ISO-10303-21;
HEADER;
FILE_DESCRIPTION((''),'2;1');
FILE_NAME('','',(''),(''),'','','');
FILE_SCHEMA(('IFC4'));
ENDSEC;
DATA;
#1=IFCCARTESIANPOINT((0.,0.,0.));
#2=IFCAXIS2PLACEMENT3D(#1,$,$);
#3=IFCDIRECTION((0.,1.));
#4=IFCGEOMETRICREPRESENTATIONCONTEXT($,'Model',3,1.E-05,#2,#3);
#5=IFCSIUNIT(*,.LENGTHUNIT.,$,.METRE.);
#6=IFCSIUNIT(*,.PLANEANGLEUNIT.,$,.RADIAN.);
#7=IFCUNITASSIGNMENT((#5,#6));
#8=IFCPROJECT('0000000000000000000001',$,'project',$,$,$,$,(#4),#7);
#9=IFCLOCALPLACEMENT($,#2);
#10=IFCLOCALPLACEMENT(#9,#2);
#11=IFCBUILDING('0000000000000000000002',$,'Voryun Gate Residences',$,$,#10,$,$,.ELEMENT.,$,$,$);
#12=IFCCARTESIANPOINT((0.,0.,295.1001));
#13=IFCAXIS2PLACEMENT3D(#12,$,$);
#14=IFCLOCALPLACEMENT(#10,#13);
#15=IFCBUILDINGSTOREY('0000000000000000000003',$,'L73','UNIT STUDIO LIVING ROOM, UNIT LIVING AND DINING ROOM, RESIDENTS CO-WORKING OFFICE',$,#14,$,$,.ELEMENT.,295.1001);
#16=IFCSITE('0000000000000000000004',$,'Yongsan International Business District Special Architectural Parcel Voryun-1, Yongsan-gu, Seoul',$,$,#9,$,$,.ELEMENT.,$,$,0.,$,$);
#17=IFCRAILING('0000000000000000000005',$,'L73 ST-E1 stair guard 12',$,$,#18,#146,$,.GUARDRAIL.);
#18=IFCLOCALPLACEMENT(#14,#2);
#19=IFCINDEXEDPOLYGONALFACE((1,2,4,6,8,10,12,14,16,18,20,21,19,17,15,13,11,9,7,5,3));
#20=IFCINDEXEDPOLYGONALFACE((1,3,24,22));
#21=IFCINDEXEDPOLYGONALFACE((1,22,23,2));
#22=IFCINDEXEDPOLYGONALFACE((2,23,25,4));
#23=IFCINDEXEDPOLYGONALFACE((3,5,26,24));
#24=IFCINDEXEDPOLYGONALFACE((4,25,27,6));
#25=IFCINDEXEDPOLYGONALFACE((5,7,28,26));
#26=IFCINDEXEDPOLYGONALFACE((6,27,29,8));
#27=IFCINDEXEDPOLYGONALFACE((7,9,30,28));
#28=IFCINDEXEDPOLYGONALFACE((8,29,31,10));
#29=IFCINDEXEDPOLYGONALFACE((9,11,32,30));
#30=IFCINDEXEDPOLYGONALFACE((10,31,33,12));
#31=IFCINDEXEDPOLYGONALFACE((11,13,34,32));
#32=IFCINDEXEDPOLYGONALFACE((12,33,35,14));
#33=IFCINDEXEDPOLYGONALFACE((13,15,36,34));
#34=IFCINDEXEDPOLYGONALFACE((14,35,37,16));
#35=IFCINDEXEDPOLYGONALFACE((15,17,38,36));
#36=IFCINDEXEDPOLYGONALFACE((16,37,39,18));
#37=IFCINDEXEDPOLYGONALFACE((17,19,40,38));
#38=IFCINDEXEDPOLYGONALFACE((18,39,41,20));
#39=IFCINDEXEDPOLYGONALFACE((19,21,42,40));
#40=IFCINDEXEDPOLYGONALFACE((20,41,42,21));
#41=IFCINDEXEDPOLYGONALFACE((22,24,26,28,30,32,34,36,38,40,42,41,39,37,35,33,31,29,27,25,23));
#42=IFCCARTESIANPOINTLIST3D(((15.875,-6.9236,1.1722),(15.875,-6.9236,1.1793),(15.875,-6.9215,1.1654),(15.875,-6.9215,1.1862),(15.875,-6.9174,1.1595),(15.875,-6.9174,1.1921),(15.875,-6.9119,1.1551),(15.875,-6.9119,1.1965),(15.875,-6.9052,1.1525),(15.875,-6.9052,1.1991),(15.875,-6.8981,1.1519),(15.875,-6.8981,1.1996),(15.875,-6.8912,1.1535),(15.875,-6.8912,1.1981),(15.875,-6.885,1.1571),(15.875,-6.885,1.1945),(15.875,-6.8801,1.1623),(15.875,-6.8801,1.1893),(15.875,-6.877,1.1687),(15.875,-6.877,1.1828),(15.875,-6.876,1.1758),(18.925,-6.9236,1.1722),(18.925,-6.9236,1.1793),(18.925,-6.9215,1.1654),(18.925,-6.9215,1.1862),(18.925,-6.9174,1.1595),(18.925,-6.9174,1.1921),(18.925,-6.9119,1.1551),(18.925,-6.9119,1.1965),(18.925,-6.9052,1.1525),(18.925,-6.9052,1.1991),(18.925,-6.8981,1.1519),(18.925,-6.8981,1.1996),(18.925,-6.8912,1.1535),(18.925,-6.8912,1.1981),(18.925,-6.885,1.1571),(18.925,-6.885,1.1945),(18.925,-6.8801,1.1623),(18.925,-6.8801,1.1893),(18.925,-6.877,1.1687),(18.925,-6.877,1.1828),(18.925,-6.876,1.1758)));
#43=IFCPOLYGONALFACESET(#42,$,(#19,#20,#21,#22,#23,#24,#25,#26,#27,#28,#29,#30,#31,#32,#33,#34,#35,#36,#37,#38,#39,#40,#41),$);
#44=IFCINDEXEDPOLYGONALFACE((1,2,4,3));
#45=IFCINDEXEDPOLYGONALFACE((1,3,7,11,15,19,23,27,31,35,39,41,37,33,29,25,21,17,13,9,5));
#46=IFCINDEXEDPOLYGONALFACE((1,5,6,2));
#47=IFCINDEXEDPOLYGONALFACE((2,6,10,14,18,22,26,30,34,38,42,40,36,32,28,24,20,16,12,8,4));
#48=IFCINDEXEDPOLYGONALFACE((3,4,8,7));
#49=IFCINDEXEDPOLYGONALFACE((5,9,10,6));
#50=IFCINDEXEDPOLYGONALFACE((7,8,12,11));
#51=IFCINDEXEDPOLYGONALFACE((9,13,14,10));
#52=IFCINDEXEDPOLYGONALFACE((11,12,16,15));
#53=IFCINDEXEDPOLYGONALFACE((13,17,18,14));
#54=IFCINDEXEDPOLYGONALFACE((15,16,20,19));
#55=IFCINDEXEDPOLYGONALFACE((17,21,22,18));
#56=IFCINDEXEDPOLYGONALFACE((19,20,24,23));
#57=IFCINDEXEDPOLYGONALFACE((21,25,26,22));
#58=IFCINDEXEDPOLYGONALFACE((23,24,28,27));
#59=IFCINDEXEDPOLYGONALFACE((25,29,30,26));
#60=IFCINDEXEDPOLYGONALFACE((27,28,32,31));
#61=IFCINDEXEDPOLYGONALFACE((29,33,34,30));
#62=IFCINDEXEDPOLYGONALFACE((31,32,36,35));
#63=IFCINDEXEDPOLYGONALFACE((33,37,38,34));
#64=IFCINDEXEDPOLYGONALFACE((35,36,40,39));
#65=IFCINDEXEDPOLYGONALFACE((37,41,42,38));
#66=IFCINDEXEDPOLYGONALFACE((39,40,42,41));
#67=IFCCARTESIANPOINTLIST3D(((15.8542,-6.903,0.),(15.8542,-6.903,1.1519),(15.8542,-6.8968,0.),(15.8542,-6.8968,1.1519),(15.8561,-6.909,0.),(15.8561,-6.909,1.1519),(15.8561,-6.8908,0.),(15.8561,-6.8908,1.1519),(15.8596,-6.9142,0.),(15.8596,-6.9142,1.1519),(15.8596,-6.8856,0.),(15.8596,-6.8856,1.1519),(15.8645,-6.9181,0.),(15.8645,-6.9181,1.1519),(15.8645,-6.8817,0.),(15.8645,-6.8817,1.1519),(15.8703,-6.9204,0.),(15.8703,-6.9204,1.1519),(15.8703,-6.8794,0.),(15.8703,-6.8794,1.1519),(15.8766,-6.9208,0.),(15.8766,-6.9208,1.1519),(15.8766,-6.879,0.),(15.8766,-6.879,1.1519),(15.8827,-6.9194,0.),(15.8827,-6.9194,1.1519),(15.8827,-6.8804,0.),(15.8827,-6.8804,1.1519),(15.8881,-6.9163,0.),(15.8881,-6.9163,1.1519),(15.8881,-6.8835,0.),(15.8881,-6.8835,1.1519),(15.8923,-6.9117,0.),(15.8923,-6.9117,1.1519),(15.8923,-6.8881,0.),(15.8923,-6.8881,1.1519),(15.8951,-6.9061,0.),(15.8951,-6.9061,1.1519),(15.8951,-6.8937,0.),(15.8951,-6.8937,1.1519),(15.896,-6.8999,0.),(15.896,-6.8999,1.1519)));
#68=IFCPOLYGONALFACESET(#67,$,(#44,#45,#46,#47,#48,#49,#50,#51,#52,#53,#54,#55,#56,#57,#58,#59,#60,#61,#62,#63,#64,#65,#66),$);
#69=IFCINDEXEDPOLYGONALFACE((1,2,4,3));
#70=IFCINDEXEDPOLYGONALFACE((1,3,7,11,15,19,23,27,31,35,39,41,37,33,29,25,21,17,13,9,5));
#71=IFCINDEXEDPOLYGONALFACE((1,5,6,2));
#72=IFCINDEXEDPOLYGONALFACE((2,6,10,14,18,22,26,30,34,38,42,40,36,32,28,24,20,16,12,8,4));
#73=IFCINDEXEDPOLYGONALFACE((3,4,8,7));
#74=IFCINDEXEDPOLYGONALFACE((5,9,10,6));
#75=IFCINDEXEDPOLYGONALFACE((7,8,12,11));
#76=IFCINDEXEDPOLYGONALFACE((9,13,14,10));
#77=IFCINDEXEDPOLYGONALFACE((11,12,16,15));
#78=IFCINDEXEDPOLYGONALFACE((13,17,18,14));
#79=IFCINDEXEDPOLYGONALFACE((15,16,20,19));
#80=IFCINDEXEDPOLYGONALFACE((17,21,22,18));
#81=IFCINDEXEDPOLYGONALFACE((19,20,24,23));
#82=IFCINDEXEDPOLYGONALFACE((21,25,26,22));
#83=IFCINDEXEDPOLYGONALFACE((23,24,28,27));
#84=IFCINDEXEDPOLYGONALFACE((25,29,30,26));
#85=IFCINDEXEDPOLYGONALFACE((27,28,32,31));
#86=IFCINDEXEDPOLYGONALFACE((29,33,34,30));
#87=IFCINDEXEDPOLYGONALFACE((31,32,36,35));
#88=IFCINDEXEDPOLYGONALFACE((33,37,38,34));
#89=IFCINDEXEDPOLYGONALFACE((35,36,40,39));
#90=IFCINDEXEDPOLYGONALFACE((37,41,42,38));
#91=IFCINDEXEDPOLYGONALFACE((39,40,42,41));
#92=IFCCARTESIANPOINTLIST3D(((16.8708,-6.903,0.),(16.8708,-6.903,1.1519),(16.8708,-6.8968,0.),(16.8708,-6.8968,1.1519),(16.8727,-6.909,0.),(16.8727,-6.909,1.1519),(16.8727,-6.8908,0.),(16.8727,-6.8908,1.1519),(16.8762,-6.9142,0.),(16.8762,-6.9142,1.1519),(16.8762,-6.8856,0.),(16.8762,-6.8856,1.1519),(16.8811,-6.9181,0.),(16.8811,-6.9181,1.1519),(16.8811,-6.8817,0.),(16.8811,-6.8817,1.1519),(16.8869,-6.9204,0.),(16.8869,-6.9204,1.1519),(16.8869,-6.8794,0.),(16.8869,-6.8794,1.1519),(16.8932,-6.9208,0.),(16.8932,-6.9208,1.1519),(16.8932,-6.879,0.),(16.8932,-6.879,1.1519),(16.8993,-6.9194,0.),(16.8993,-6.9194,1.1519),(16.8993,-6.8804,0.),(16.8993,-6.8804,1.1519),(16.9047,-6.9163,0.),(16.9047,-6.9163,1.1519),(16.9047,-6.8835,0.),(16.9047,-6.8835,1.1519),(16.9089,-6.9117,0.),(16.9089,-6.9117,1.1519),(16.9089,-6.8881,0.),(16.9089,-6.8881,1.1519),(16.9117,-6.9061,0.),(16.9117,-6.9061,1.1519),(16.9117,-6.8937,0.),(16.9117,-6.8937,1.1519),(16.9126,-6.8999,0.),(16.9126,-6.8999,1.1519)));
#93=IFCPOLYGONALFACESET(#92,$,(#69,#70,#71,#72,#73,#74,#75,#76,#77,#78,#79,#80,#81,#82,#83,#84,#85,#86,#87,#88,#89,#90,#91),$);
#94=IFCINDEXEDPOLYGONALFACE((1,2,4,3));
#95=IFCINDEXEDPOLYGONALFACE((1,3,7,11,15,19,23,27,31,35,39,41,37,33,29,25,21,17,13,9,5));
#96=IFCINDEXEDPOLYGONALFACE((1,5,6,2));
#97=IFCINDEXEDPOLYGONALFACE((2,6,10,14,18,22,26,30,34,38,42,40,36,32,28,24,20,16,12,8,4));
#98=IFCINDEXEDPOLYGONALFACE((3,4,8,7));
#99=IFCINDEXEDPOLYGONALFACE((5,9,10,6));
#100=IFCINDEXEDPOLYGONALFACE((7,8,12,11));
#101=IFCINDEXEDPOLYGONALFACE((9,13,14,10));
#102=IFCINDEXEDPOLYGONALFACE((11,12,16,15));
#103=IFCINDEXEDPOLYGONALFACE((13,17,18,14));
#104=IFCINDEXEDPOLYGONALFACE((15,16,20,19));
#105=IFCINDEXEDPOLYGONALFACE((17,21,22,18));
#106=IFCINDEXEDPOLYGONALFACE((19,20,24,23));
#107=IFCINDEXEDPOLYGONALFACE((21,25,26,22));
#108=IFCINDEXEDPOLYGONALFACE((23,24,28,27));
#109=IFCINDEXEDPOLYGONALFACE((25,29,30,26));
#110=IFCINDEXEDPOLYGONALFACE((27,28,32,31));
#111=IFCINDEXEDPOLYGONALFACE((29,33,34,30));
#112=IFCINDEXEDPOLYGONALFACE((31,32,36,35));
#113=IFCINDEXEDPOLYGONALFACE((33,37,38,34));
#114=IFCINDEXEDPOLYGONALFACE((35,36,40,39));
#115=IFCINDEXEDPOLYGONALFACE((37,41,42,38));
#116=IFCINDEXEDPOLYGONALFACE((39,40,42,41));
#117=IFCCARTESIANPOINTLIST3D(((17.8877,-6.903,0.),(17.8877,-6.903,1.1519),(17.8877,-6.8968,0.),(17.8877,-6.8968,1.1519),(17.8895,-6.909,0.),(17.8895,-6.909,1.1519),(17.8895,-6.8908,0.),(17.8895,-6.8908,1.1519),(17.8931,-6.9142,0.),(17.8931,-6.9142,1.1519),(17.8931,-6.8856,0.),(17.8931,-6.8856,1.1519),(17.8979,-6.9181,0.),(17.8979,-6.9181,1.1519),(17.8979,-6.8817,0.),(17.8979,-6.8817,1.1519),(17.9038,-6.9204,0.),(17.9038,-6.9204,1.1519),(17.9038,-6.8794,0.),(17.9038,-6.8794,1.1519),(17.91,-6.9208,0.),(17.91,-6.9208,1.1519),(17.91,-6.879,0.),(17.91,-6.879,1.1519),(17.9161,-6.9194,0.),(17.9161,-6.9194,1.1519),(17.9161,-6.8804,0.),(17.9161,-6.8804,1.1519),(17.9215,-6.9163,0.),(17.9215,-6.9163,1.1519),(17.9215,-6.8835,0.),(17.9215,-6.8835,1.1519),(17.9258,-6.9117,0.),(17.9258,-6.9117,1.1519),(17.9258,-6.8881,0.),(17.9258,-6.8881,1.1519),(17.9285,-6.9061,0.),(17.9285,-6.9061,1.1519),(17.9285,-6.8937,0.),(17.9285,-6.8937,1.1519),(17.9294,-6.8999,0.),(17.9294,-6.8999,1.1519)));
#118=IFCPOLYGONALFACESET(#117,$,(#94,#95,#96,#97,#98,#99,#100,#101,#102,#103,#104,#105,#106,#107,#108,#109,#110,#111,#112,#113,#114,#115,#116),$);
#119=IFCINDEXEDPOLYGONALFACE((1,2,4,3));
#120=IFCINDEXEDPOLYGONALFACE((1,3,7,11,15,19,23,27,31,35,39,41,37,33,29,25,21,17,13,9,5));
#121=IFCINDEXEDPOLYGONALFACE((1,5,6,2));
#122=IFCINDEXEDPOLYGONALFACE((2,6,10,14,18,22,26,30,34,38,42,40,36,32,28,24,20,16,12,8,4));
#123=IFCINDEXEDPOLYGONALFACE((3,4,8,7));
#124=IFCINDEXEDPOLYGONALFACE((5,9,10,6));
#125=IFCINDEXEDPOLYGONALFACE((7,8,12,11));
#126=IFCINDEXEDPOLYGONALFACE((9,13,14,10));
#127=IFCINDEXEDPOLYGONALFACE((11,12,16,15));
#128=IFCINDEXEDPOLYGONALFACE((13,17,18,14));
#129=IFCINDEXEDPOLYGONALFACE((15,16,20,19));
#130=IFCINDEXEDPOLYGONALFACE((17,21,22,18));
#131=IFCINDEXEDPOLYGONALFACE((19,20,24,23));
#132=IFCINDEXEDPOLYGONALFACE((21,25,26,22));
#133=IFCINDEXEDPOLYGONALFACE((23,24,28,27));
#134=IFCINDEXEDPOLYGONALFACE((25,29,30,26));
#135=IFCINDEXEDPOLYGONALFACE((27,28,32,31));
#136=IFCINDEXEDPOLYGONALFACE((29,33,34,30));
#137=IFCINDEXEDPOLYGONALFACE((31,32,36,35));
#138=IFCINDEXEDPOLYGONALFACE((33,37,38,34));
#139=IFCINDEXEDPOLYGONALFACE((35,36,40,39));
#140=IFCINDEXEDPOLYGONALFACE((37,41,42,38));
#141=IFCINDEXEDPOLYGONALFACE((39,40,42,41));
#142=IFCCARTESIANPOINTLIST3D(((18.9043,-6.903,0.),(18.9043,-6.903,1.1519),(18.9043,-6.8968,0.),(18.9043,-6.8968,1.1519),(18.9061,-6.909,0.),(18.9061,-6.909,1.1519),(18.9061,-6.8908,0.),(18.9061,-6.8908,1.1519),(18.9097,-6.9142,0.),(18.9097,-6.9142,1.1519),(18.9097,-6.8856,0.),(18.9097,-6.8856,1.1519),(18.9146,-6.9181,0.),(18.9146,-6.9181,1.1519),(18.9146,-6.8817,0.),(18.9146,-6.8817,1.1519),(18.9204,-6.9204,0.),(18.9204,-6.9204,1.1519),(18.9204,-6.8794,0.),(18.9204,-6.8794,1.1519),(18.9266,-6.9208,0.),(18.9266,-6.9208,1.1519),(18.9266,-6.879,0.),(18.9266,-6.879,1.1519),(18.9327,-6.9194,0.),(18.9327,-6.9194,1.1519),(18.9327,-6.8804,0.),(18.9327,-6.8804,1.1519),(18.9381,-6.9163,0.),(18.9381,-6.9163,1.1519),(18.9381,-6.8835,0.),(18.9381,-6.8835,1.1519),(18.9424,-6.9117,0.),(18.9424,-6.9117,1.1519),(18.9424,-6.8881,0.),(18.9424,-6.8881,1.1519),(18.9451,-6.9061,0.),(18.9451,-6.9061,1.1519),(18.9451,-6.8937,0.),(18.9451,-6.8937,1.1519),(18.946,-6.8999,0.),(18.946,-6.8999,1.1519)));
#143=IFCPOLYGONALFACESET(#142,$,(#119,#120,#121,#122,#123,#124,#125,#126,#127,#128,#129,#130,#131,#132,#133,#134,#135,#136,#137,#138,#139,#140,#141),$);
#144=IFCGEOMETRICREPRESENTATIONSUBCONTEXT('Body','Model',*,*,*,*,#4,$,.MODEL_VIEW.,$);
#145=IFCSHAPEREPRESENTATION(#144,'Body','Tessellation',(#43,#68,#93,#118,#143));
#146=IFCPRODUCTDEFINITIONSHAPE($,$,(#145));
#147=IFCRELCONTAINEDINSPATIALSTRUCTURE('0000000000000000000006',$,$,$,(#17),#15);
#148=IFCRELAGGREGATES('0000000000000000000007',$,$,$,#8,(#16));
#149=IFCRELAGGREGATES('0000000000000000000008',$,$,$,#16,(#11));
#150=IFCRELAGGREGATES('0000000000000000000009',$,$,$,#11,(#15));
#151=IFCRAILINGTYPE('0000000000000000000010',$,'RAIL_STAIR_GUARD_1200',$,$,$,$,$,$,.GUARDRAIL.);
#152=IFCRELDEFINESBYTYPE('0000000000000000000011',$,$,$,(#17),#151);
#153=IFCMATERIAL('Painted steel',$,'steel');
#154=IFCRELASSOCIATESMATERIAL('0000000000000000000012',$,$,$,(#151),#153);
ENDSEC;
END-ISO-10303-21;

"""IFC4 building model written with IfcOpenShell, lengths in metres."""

from ifc_helpers import new_model, si_unit, direction, frame, origin, origin_2d, place, context, subcontext, project, spatial, circle, extrude, material, type_object, element, save


model = new_model("IFC4")

# Units and contexts
model_context = context("Model", 3, precision=1e-05, world=origin(), true_north=direction((0.0, 1.0)))
body_context = subcontext(model_context, "Body", "Model", "MODEL_VIEW")
ifc_project = project(units=[si_unit("LENGTHUNIT", "METRE"), si_unit("PLANEANGLEUNIT", "RADIAN")], contexts=[model_context])

# Site, building, storey
site_placement = place(None, origin())
site = spatial("IfcSite", under=ifc_project, at=site_placement, Name="Yongsan International Business District Special Architectural Parcel Voryun-1, Yongsan-gu, Seoul", CompositionType="ELEMENT", RefElevation=0.0)
building_placement = place(site_placement, origin())
building = spatial("IfcBuilding", under=site, at=building_placement, Name="Voryun Gate Residences", CompositionType="ELEMENT")
storey_placement = place(building_placement, frame((0.0, 0.0, 295.1001)))
storey = spatial("IfcBuildingStorey", under=building, at=storey_placement, Name="L73", Description="UNIT STUDIO LIVING ROOM, UNIT LIVING AND DINING ROOM, RESIDENTS CO-WORKING OFFICE", CompositionType="ELEMENT", Elevation=295.1001)

# Railing
ifc_material_1 = material(Name="Painted steel", Category="steel")
railing_type_1 = type_object("IfcRailingType", Name="RAIL_STAIR_GUARD_1200", PredefinedType="GUARDRAIL", material=ifc_material_1)
railing_1_placement = place(storey_placement, frame((15.875, -6.8999, 0.0)))
element("IfcRailing", 1, at=railing_1_placement, inside=storey, type_object=railing_type_1, Name="L73 ST-E1 stair guard 12", PredefinedType="GUARDRAIL", context=body_context, shape_type="SweptSolid", body=[
    extrude(circle(Radius=0.0239, at=origin_2d()), frame((0.0, 0.0, 1.1758), z_axis=(1.0, 0.0, 0.0), x_axis=(0.0, 1.0, 0.0)), (0.0, 0.0, 1.0), 3.05),
    extrude(circle(Radius=0.021, at=origin_2d()), origin(), (0.0, 0.0, 1.0), 1.1519),
    extrude(circle(Radius=0.021, at=origin_2d()), frame((1.0166, 0.0, 0.0)), (0.0, 0.0, 1.0), 1.1519),
    extrude(circle(Radius=0.021, at=origin_2d()), frame((2.0334, 0.0, 0.0)), (0.0, 0.0, 1.0), 1.1519),
    extrude(circle(Radius=0.021, at=origin_2d()), frame((3.05, 0.0, 0.0)), (0.0, 0.0, 1.0), 1.1519),
])

save(model, "model.ifc")
